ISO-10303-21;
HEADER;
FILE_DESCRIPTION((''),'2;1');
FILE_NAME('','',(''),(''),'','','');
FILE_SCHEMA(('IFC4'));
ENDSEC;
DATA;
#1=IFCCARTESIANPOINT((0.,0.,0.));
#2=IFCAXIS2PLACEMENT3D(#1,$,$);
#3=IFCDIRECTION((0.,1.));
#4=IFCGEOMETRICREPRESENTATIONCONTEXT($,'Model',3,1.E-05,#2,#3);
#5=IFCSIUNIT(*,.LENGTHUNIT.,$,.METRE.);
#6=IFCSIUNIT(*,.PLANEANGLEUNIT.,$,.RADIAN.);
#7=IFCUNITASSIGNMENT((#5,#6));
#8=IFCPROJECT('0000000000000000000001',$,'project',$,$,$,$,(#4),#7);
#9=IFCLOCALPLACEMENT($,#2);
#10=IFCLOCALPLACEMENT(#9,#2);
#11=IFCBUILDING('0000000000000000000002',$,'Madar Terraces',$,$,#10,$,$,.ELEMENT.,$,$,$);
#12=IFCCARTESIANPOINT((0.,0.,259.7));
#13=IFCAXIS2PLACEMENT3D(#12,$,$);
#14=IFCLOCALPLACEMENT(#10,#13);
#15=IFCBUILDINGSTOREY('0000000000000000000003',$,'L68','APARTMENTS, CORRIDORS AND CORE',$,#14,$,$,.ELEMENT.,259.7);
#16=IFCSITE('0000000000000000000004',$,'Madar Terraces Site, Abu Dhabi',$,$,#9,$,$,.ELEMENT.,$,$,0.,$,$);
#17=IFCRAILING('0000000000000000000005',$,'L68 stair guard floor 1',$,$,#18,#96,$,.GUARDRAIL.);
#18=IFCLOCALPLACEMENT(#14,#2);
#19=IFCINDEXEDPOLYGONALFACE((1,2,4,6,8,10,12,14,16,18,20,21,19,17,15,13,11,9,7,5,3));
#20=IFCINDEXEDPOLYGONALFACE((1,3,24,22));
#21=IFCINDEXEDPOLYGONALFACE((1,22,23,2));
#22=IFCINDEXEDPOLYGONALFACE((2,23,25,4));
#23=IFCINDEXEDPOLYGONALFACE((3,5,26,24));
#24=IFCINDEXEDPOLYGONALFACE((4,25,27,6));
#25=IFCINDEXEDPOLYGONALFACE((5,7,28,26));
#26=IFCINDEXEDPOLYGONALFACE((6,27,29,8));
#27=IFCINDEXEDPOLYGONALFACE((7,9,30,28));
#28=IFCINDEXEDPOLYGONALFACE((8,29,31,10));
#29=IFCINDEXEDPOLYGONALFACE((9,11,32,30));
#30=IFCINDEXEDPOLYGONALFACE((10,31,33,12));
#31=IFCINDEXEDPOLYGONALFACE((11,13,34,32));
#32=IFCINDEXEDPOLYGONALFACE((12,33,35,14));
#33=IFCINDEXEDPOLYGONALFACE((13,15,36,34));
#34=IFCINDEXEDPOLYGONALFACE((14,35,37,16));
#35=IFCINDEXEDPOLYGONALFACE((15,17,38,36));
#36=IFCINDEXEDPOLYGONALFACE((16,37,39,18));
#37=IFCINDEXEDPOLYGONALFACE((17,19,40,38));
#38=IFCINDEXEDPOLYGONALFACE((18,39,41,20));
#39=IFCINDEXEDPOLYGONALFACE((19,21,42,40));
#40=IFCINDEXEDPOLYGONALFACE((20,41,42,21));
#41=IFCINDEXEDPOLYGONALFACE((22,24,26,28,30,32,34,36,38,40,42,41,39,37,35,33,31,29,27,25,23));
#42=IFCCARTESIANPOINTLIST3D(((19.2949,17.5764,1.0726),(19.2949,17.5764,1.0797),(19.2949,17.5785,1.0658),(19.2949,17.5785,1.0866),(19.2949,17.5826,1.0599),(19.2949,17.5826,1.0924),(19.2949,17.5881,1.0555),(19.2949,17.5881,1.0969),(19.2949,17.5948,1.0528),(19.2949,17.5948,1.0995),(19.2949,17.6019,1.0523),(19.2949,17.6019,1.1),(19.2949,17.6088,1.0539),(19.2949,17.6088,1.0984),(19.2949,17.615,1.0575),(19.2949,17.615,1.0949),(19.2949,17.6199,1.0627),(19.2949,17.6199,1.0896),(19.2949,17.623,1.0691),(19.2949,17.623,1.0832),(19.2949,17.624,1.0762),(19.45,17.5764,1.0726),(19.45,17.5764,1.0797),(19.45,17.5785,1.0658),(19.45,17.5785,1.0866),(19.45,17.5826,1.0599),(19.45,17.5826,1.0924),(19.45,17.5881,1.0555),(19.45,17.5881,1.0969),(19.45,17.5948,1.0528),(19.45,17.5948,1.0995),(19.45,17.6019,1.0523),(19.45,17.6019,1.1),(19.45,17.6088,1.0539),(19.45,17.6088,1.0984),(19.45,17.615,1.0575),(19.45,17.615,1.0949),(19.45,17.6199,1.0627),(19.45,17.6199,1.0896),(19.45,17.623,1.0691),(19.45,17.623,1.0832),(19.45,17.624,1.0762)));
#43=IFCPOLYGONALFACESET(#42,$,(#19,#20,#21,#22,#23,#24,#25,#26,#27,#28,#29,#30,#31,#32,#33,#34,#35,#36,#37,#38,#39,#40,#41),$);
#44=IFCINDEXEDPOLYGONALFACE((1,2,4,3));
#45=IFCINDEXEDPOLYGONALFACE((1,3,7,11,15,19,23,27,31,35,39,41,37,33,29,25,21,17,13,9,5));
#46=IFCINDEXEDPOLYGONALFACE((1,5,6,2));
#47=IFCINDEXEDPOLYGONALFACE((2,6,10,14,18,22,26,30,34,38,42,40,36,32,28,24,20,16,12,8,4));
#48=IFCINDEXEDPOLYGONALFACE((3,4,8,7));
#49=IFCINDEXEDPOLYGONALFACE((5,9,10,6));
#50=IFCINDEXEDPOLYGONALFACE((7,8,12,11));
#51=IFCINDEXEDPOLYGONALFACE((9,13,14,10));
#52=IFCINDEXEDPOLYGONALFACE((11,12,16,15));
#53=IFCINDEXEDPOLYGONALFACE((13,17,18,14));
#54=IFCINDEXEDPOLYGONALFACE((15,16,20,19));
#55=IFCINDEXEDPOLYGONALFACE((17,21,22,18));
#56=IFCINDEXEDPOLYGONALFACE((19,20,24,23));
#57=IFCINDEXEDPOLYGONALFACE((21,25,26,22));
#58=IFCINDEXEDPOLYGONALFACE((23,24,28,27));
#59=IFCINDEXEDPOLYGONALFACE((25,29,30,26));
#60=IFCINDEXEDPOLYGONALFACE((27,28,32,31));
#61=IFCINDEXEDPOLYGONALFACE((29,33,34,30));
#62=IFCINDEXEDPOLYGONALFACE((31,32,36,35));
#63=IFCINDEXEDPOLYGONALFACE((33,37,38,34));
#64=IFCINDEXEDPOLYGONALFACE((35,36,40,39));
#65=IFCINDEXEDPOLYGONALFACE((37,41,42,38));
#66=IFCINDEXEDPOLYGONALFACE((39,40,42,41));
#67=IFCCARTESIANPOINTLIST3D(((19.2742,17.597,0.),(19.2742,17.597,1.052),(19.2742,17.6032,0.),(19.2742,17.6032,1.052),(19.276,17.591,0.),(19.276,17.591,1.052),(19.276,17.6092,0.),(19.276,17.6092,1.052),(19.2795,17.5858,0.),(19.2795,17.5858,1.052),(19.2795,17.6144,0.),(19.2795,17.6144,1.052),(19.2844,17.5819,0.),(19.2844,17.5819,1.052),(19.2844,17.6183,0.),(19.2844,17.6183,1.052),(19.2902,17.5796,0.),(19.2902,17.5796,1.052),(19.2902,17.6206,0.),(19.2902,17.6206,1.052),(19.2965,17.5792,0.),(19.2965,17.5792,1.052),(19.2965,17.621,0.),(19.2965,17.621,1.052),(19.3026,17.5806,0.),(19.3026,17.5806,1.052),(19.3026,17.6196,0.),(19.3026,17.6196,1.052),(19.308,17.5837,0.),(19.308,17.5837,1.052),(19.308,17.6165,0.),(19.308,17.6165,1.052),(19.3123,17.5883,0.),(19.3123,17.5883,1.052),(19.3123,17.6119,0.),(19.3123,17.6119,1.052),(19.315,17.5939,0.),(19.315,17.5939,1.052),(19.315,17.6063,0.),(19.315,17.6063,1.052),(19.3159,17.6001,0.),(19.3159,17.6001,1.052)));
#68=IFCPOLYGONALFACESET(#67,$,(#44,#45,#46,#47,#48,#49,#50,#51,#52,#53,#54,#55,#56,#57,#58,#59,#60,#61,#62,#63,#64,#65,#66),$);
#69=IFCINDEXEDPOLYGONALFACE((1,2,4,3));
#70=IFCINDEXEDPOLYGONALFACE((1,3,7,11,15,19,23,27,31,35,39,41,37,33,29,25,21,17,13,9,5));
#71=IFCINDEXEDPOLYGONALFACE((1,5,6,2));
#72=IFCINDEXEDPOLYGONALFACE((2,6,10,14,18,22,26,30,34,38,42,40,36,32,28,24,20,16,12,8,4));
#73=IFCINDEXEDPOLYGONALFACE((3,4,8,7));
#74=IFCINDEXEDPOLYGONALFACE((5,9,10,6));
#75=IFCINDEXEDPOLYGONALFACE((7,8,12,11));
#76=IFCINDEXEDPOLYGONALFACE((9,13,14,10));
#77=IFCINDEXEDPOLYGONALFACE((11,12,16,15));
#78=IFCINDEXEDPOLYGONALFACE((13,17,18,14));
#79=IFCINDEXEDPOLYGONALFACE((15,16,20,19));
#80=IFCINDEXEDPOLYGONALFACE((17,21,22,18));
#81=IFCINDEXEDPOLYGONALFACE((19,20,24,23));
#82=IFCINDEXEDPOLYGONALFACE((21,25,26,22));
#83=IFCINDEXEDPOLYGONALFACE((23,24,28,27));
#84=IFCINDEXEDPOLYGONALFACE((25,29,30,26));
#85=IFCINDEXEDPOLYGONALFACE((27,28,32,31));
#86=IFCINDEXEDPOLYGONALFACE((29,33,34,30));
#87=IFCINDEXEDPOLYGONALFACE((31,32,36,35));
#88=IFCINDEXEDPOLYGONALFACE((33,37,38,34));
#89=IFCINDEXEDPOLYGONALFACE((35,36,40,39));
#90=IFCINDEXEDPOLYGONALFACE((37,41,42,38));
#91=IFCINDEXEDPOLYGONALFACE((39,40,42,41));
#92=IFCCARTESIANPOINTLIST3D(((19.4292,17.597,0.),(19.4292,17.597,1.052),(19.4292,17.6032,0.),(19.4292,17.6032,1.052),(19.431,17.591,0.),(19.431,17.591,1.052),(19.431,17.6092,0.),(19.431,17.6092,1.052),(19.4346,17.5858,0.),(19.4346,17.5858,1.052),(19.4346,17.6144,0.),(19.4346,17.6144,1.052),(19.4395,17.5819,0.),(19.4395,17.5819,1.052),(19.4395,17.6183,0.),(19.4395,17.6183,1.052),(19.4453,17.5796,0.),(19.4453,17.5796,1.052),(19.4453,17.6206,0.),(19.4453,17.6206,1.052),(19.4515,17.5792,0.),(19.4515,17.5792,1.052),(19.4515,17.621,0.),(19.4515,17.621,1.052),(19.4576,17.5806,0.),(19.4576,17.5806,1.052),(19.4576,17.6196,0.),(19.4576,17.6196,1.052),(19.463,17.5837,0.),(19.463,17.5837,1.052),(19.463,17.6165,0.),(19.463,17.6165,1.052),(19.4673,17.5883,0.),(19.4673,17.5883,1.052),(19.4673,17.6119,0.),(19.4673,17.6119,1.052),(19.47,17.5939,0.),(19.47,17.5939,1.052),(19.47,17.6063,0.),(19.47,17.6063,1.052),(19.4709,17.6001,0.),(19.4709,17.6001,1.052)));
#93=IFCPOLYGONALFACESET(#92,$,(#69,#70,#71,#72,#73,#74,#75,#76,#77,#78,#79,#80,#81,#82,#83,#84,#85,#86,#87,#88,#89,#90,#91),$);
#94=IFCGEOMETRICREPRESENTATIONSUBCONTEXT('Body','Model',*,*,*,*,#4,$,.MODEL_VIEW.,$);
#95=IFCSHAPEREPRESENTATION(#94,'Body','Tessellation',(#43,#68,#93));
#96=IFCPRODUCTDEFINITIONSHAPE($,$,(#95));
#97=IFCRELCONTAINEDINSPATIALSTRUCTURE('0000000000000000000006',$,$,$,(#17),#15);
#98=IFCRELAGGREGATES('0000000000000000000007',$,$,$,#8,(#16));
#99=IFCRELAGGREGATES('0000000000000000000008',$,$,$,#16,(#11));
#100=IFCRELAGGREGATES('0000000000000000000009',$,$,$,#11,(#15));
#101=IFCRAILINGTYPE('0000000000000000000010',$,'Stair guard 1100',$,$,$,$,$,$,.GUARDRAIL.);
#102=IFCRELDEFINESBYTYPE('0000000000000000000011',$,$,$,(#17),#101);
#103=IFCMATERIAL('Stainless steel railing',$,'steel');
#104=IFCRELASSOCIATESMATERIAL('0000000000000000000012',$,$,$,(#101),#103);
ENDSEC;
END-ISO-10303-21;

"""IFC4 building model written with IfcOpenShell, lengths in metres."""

from ifc_helpers import new_model, si_unit, direction, frame, origin, origin_2d, place, context, subcontext, project, spatial, circle, extrude, material, type_object, element, save


model = new_model("IFC4")

# Units and contexts
model_context = context("Model", 3, precision=1e-05, world=origin(), true_north=direction((0.0, 1.0)))
body_context = subcontext(model_context, "Body", "Model", "MODEL_VIEW")
ifc_project = project(units=[si_unit("LENGTHUNIT", "METRE"), si_unit("PLANEANGLEUNIT", "RADIAN")], contexts=[model_context])

# Site, building, storey
site_placement = place(None, origin())
site = spatial("IfcSite", under=ifc_project, at=site_placement, Name="Madar Terraces Site, Abu Dhabi", CompositionType="ELEMENT", RefElevation=0.0)
building_placement = place(site_placement, origin())
building = spatial("IfcBuilding", under=site, at=building_placement, Name="Madar Terraces", CompositionType="ELEMENT")
storey_placement = place(building_placement, frame((0.0, 0.0, 259.7)))
storey = spatial("IfcBuildingStorey", under=building, at=storey_placement, Name="L68", Description="APARTMENTS, CORRIDORS AND CORE", CompositionType="ELEMENT", Elevation=259.7)

# Railing
ifc_material_1 = material(Name="Stainless steel railing", Category="steel")
railing_type_1 = type_object("IfcRailingType", Name="Stair guard 1100", PredefinedType="GUARDRAIL", material=ifc_material_1)
for number, where, name in (
    (1, (19.2949, 17.6001, 0.0), "L68 stair guard floor 1"),
):
    element("IfcRailing", number, at=place(storey_placement, frame(where)), inside=storey, type_object=railing_type_1, Name=name, PredefinedType="GUARDRAIL", context=body_context, shape_type="SweptSolid", body=[
        extrude(circle(Radius=0.0239, at=origin_2d()), frame((0.0, 0.0, 1.0762), z_axis=(1.0, 0.0, 0.0), x_axis=(0.0, 1.0, 0.0)), (0.0, 0.0, 1.0), 0.155),
        extrude(circle(Radius=0.021, at=origin_2d()), origin(), (0.0, 0.0, 1.0), 1.052),
        extrude(circle(Radius=0.021, at=origin_2d()), frame((0.155, 0.0, 0.0)), (0.0, 0.0, 1.0), 1.052),
    ])

save(model, "model.ifc")
